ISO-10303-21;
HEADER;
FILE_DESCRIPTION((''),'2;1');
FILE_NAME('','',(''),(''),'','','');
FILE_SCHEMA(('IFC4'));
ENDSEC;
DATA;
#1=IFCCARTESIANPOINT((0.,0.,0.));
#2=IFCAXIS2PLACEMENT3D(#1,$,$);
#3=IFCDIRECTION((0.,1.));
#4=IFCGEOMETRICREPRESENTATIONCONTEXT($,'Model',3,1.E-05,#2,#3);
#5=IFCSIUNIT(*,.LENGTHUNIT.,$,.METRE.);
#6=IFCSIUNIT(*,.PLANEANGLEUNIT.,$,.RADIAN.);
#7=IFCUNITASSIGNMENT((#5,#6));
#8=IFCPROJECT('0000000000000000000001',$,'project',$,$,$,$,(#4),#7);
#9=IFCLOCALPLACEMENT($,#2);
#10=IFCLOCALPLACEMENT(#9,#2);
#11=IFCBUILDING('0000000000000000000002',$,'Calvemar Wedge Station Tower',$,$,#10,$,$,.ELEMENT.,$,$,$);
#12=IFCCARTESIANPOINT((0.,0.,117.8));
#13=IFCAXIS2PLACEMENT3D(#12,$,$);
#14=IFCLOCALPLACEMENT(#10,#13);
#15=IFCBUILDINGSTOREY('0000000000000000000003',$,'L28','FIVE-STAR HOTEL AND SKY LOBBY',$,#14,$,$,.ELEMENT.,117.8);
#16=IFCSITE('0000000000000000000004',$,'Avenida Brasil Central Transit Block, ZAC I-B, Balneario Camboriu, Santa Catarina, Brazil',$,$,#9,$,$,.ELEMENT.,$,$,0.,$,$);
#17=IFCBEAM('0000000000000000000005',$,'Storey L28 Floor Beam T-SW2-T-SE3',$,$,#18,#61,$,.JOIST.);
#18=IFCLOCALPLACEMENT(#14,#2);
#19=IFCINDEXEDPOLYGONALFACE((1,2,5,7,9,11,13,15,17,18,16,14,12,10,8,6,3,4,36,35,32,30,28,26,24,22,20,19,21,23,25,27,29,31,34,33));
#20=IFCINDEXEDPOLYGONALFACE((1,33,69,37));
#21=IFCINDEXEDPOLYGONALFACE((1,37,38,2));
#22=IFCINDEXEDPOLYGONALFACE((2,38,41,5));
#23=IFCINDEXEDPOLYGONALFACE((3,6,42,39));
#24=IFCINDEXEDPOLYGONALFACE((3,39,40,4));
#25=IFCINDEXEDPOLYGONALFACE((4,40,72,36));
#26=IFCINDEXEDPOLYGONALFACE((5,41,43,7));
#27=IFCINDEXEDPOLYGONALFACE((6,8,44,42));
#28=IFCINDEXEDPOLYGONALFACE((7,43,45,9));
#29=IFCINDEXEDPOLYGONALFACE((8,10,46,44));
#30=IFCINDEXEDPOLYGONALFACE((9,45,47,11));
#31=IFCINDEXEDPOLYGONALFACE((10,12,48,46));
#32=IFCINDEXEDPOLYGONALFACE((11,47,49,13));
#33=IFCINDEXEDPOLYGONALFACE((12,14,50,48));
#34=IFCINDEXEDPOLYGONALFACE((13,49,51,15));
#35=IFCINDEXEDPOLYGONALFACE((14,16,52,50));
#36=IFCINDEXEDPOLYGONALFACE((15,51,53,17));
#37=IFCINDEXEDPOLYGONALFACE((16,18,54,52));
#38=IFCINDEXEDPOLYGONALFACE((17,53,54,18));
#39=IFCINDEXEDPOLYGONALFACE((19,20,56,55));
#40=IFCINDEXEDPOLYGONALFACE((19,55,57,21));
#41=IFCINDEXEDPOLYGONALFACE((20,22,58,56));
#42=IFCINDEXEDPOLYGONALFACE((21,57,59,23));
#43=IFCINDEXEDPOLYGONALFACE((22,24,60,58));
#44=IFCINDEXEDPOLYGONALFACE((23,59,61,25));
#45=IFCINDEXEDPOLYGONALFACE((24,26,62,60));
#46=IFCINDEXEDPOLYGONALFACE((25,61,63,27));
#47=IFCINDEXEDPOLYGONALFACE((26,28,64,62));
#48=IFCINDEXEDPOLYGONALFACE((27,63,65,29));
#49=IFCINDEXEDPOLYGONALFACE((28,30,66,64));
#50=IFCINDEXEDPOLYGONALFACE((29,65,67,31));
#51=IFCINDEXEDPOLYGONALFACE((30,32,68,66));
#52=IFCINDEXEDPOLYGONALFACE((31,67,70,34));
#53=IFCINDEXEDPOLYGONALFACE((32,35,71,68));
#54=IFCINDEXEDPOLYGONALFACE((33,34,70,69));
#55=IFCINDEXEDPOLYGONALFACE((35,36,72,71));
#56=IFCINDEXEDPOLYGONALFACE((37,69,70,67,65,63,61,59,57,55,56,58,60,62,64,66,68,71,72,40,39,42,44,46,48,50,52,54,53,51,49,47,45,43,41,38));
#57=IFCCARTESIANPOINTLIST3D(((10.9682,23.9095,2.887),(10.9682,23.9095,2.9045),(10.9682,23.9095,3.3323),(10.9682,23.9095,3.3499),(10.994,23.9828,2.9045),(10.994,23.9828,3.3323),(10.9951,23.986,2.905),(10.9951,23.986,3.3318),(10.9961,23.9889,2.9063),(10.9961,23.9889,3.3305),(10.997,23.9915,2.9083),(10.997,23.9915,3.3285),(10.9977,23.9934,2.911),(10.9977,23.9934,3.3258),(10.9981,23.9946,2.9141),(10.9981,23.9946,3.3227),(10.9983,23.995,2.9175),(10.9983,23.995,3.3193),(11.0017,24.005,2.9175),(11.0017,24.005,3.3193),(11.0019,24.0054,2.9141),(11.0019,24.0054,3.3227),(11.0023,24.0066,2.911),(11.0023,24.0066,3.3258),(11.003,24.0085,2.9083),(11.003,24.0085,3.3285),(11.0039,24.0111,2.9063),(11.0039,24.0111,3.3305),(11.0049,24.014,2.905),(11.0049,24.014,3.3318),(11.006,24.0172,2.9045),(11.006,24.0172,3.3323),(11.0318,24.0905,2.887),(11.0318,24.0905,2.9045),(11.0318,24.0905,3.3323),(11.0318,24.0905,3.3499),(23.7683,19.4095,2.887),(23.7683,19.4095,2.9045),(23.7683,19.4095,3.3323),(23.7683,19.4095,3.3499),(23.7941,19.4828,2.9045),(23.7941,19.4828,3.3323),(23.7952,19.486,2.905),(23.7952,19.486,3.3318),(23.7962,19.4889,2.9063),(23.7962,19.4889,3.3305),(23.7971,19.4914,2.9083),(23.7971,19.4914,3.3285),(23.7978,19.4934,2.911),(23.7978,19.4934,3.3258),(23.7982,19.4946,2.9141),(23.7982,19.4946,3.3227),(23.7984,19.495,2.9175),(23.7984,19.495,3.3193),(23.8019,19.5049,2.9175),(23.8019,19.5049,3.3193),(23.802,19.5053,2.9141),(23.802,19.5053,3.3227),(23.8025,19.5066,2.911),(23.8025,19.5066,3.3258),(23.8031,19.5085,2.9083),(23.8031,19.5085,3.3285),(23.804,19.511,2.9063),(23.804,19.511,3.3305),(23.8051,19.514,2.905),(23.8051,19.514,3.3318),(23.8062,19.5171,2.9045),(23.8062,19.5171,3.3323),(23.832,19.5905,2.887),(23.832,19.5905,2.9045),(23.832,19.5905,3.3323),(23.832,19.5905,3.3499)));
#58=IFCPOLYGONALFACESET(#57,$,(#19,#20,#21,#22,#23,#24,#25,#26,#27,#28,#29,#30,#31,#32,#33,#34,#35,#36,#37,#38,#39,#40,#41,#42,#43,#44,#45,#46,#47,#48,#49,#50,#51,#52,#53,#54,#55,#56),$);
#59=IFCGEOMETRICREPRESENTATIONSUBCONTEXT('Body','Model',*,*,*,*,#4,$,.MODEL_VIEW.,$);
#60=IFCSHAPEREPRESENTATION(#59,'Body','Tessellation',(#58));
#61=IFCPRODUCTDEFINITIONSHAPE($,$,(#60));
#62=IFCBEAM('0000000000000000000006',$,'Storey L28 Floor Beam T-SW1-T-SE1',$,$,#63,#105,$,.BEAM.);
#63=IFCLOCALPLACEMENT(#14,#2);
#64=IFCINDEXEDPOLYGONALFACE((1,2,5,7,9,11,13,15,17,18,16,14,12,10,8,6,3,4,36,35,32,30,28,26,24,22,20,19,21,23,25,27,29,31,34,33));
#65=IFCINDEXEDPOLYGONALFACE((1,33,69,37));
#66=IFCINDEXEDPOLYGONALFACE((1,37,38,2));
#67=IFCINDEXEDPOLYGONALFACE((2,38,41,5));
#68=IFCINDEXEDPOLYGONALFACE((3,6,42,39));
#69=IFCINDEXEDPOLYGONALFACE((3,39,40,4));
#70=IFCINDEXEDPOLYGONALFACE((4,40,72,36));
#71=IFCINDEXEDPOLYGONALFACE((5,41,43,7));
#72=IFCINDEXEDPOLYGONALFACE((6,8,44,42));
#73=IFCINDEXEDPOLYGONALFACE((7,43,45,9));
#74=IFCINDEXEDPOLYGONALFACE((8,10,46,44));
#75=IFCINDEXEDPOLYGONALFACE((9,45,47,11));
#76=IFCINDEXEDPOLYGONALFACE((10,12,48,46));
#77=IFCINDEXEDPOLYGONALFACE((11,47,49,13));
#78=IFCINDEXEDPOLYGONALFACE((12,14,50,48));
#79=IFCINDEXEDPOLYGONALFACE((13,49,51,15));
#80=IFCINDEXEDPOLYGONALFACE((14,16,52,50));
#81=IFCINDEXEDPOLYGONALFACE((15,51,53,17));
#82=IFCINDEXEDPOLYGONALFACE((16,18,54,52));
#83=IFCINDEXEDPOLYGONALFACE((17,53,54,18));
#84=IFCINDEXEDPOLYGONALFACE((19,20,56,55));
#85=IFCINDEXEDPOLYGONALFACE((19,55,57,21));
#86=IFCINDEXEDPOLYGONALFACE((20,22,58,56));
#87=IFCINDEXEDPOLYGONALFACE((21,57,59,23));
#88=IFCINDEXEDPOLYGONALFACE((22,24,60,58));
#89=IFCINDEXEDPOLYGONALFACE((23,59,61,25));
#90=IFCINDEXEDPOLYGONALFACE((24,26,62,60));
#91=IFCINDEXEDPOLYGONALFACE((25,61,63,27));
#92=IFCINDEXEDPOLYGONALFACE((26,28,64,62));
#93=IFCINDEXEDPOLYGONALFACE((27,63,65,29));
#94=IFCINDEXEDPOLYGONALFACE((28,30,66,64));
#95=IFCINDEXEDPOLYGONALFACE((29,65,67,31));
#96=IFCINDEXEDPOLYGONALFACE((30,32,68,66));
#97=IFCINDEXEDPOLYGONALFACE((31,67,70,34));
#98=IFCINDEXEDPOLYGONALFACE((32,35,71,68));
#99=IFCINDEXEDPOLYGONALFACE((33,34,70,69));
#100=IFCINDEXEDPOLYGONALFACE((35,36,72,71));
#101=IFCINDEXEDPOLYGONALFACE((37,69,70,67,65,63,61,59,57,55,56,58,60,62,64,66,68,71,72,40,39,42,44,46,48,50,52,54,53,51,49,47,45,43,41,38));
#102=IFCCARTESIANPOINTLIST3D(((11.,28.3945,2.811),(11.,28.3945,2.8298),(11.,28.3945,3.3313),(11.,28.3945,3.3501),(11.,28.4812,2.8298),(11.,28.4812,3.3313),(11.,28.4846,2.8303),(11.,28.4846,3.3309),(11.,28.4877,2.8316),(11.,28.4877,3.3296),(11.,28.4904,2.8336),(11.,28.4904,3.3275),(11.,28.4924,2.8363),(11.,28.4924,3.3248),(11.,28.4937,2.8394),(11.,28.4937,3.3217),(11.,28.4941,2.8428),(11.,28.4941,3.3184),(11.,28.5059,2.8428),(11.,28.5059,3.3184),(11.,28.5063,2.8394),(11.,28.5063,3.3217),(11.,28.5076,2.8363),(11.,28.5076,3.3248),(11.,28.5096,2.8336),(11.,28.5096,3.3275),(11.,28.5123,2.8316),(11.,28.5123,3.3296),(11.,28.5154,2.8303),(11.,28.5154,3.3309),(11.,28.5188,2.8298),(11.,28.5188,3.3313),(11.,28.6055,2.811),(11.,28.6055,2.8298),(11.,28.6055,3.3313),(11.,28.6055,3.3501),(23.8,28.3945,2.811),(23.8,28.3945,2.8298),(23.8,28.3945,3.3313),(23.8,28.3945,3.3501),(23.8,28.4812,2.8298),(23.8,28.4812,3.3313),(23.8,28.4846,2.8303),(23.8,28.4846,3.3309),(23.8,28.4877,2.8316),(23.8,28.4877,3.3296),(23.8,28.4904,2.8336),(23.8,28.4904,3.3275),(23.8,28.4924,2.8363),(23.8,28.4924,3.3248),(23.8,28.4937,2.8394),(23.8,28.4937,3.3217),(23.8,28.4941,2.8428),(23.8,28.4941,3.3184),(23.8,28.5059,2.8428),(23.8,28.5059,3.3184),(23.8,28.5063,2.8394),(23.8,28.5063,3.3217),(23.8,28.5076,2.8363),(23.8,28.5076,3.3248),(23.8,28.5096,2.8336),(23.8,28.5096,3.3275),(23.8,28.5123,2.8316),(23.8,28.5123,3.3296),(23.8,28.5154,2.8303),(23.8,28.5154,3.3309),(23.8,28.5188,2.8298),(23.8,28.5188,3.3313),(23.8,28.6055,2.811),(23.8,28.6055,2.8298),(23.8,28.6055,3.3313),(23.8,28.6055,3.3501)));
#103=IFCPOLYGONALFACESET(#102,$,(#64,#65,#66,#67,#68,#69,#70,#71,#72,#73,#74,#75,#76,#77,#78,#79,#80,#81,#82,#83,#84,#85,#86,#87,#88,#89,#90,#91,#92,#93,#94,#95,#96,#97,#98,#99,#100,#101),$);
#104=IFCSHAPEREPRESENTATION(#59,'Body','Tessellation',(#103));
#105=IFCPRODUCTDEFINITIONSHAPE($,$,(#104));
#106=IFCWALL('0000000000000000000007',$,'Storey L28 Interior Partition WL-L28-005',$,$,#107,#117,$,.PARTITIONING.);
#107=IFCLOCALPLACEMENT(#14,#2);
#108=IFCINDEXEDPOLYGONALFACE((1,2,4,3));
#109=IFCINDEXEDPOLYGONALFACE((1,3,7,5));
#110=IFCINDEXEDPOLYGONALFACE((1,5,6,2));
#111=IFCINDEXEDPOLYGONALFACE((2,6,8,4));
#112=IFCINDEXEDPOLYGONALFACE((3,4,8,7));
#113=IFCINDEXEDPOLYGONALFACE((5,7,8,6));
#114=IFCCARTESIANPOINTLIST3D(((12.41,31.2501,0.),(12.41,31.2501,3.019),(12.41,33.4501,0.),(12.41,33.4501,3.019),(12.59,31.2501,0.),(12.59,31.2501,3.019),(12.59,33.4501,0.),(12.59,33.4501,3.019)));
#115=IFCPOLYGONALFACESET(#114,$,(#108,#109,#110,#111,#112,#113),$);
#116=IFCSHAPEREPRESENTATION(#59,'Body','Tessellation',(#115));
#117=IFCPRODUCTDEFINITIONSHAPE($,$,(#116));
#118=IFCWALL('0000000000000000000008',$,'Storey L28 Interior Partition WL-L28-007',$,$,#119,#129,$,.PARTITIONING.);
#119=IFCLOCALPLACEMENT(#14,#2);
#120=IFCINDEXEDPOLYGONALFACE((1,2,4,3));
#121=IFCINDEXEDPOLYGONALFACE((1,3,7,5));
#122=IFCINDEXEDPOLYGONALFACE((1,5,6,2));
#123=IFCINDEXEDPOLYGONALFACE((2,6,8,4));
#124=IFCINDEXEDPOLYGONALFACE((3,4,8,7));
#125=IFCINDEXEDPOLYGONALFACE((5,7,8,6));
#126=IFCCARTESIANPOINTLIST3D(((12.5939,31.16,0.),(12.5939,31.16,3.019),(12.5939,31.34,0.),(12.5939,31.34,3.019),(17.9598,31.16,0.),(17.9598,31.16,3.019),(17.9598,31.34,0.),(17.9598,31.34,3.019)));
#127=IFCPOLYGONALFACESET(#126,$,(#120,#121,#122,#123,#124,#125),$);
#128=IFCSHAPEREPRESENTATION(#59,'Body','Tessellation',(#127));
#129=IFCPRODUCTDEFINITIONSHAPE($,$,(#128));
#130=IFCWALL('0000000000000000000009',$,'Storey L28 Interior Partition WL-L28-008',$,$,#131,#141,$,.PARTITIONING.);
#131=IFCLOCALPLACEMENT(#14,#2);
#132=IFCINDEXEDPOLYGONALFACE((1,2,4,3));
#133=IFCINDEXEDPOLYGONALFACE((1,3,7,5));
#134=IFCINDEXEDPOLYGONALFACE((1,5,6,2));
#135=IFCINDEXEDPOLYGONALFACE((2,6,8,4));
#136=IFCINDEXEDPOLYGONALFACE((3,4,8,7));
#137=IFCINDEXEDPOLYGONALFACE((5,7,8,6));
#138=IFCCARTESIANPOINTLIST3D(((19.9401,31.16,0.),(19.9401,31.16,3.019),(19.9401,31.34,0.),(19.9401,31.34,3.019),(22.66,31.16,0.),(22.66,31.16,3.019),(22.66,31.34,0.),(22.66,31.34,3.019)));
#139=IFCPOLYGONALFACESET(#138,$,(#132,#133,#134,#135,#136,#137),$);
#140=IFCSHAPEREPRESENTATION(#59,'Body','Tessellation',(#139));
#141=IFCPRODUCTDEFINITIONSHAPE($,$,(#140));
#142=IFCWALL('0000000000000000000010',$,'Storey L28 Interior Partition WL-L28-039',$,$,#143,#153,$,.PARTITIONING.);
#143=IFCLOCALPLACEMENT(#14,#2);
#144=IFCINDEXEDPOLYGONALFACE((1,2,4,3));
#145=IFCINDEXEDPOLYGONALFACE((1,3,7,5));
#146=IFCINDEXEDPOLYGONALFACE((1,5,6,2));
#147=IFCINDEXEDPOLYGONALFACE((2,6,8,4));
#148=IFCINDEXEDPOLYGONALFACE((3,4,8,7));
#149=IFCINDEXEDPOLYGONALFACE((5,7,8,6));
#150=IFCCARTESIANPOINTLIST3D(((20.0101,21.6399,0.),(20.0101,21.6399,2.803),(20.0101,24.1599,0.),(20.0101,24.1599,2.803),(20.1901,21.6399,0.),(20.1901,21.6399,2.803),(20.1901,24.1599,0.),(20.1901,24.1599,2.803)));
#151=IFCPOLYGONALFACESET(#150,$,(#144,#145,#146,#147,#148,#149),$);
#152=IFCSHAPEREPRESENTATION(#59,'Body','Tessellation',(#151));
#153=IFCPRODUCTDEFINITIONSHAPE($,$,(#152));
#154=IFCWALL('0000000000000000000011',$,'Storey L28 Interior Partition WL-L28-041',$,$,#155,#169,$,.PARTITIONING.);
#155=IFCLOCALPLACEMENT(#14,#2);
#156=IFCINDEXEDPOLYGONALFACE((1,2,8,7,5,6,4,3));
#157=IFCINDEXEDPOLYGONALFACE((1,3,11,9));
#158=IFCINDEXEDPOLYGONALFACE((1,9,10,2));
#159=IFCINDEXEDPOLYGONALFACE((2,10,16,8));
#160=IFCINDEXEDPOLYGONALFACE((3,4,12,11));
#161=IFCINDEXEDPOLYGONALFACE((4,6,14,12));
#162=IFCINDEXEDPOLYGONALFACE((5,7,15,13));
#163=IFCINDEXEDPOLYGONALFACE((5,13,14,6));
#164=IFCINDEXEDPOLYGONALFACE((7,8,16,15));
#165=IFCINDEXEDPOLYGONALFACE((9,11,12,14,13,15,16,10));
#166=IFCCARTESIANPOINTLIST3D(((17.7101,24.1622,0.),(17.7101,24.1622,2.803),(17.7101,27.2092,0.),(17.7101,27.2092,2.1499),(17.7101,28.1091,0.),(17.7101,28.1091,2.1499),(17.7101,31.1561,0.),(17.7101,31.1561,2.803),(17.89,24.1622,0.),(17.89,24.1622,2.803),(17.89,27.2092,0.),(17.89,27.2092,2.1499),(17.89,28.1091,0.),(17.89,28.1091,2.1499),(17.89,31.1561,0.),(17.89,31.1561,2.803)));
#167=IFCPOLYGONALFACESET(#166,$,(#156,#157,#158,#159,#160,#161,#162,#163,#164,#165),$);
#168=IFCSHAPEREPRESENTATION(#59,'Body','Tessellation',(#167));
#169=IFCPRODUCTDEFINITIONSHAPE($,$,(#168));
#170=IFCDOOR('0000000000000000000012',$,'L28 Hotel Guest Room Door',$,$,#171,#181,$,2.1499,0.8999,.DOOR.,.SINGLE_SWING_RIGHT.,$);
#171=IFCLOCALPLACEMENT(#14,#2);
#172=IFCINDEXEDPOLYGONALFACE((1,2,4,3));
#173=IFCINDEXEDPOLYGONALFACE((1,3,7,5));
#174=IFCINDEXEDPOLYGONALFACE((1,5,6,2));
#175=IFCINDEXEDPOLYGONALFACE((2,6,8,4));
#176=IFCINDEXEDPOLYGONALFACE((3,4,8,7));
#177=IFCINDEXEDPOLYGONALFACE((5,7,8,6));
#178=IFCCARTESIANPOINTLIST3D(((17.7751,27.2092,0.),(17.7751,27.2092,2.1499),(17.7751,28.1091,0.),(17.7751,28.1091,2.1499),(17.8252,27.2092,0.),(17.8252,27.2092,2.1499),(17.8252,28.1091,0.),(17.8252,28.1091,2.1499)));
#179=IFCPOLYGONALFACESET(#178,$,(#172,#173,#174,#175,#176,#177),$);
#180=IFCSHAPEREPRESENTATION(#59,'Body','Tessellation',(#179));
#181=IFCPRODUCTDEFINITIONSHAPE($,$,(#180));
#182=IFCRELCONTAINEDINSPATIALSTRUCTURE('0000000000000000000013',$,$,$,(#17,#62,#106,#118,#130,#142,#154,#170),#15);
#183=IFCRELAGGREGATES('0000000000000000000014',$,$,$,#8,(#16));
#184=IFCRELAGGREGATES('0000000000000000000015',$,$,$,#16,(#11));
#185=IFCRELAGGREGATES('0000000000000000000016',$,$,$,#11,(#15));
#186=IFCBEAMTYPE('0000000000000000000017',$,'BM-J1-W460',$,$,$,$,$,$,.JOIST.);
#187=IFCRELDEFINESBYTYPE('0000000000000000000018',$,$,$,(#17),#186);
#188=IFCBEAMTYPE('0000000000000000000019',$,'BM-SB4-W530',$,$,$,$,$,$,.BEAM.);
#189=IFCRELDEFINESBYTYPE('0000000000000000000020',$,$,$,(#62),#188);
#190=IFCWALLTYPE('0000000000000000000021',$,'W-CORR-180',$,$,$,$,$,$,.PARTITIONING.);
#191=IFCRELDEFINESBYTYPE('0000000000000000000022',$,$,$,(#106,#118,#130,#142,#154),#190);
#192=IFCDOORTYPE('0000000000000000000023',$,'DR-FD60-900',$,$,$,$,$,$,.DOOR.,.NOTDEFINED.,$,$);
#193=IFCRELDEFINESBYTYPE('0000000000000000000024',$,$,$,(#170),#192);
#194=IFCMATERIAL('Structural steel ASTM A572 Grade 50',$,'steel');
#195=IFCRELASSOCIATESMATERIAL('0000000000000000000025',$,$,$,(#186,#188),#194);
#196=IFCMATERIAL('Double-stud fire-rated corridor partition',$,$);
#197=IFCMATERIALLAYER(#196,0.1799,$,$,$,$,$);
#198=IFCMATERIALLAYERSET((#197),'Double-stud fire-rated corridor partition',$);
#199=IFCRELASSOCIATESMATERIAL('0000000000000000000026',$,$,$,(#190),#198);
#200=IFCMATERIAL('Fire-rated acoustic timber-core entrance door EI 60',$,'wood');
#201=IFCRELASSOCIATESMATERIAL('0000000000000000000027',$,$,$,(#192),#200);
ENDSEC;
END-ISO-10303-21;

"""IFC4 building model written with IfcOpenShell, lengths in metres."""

from ifc_helpers import new_model, si_unit, direction, frame, frame_2d, origin, origin_2d, place, context, subcontext, project, spatial, rectangle, i_section, extrude, source, transform, mapped, material, layer, layer_set, material_profile, profile_set, type_object, element, fill, save


model = new_model("IFC4")

# Units and contexts
model_context = context("Model", 3, precision=1e-05, world=origin(), true_north=direction((0.0, 1.0)))
body_context = subcontext(model_context, "Body", "Model", "MODEL_VIEW")
ifc_project = project(units=[si_unit("LENGTHUNIT", "METRE"), si_unit("PLANEANGLEUNIT", "RADIAN")], contexts=[model_context])

# Site, building, storey
site_placement = place(None, origin())
site = spatial("IfcSite", under=ifc_project, at=site_placement, Name="Avenida Brasil Central Transit Block, ZAC I-B, Balneario Camboriu, Santa Catarina, Brazil", CompositionType="ELEMENT", RefElevation=0.0)
building_placement = place(site_placement, origin())
building = spatial("IfcBuilding", under=site, at=building_placement, Name="Calvemar Wedge Station Tower", CompositionType="ELEMENT")
storey_placement = place(building_placement, frame((0.0, 0.0, 117.8)))
storey = spatial("IfcBuildingStorey", under=building, at=storey_placement, Name="L28", Description="FIVE-STAR HOTEL AND SKY LOBBY", CompositionType="ELEMENT", Elevation=117.8)

# Beams
ifc_material_1 = material(Name="Structural steel ASTM A572 Grade 50", Category="steel")
ifc_material_profile_1 = material_profile(ifc_material_1, i_section(OverallWidth=0.1919, OverallDepth=0.4629, WebThickness=0.0105, FlangeThickness=0.0176, FilletRadius=0.0129, at=origin_2d()), Name="W460x89")
ifc_profile_set_1 = profile_set([ifc_material_profile_1], Name="Structural steel ASTM A572 Grade 50")
beam_type_1 = type_object("IfcBeamType", Name="BM-J1-W460", PredefinedType="JOIST", material=ifc_profile_set_1)
shared_shape_1 = source(origin(), body_context, "Body", "SweptSolid", [
    extrude(i_section(OverallWidth=0.1919, OverallDepth=0.4629, WebThickness=0.0105, FlangeThickness=0.0176, FilletRadius=0.0129, at=origin_2d()), origin(), (0.0, 0.0, 1.0), 13.5681),
])
for number, where, z_axis, x_axis, name in (
    (1, (11.0, 24.0, 3.1184), (0.943398, -0.331662, 0.0), (0.331662, 0.943398, 0.0), "Storey L28 Floor Beam T-SW2-T-SE3"),
):
    element("IfcBeam", number, at=place(storey_placement, frame(where, z_axis=z_axis, x_axis=x_axis)), inside=storey, type_object=beam_type_1, Name=name, PredefinedType="JOIST", context=body_context, shape_type="MappedRepresentation", body=[
        mapped(shared_shape_1, transform((0.0, 0.0, 0.0), scale=1.0)),
    ])
ifc_material_profile_2 = material_profile(ifc_material_1, i_section(OverallWidth=0.2109, OverallDepth=0.5391, WebThickness=0.0117, FlangeThickness=0.0188, FilletRadius=0.0129, at=origin_2d()), Name="W530x109")
ifc_profile_set_2 = profile_set([ifc_material_profile_2], Name="Structural steel ASTM A572 Grade 50")
beam_type_2 = type_object("IfcBeamType", Name="BM-SB4-W530", PredefinedType="BEAM", material=ifc_profile_set_2)
shared_shape_2 = source(origin(), body_context, "Body", "SweptSolid", [
    extrude(i_section(OverallWidth=0.2109, OverallDepth=0.5391, WebThickness=0.0117, FlangeThickness=0.0188, FilletRadius=0.0129, at=origin_2d()), origin(), (0.0, 0.0, 1.0), 12.8),
])
beam_1_placement = place(storey_placement, frame((11.0, 28.5, 3.0806), z_axis=(1.0, 0.0, 0.0), x_axis=(0.0, 1.0, 0.0)))
element("IfcBeam", 2, at=beam_1_placement, inside=storey, type_object=beam_type_2, Name="Storey L28 Floor Beam T-SW1-T-SE1", PredefinedType="BEAM", context=body_context, shape_type="MappedRepresentation", body=[
    mapped(shared_shape_2, transform((0.0, 0.0, 0.0), scale=1.0)),
])

# Walls
ifc_material_2 = material(Name="Double-stud fire-rated corridor partition")
ifc_layer_1 = layer(ifc_material_2, 0.1799)
ifc_layer_set_1 = layer_set([ifc_layer_1], Name="Double-stud fire-rated corridor partition")
wall_type_1 = type_object("IfcWallType", Name="W-CORR-180", PredefinedType="PARTITIONING", material=ifc_layer_set_1)
wall_1_placement = place(storey_placement, frame((12.5, 31.25, 0.0), z_axis=(0.0, 0.0, 1.0), x_axis=(0.0, 1.0, 0.0)))
element("IfcWall", 3, at=wall_1_placement, inside=storey, type_object=wall_type_1, Name="Storey L28 Interior Partition WL-L28-005", PredefinedType="PARTITIONING", context=body_context, shape_type="SweptSolid", body=[
    extrude(rectangle(XDim=2.2, YDim=0.1799, at=frame_2d((1.1001, 0.0))), origin(), (0.0, 0.0, 1.0), 3.019),
])
wall_2_placement = place(storey_placement, frame((17.96, 31.25, 0.0), z_axis=(0.0, 0.0, 1.0), x_axis=(-1.0, 0.0, 0.0)))
element("IfcWall", 4, at=wall_2_placement, inside=storey, type_object=wall_type_1, Name="Storey L28 Interior Partition WL-L28-007", PredefinedType="PARTITIONING", context=body_context, shape_type="SweptSolid", body=[
    extrude(rectangle(XDim=5.366, YDim=0.1799, at=frame_2d((2.6831, 0.0))), origin(), (0.0, 0.0, 1.0), 3.019),
])
wall_3_placement = place(storey_placement, frame((22.6599, 31.25, 0.0), z_axis=(0.0, 0.0, 1.0), x_axis=(-1.0, 0.0, 0.0)))
element("IfcWall", 5, at=wall_3_placement, inside=storey, type_object=wall_type_1, Name="Storey L28 Interior Partition WL-L28-008", PredefinedType="PARTITIONING", context=body_context, shape_type="SweptSolid", body=[
    extrude(rectangle(XDim=2.72, YDim=0.1799, at=frame_2d((1.3599, 0.0))), origin(), (0.0, 0.0, 1.0), 3.019),
])
wall_4_placement = place(storey_placement, frame((20.1001, 24.1599, 0.0), z_axis=(0.0, 0.0, 1.0), x_axis=(0.0, -1.0, 0.0)))
element("IfcWall", 6, at=wall_4_placement, inside=storey, type_object=wall_type_1, Name="Storey L28 Interior Partition WL-L28-039", PredefinedType="PARTITIONING", context=body_context, shape_type="SweptSolid", body=[
    extrude(rectangle(XDim=2.52, YDim=0.1799, at=frame_2d((1.26, 0.0))), origin(), (0.0, 0.0, 1.0), 2.803),
])

# Wall, opening, door
wall_5_placement = place(storey_placement, frame((17.8, 24.1621, 0.0), z_axis=(0.0, 0.0, 1.0), x_axis=(0.0, 1.0, 0.0)))
wall_5 = element("IfcWall", 7, at=wall_5_placement, inside=storey, type_object=wall_type_1, Name="Storey L28 Interior Partition WL-L28-041", PredefinedType="PARTITIONING", context=body_context, shape_type="SweptSolid", body=[
    extrude(rectangle(XDim=6.9939, YDim=0.1799, at=frame_2d((3.4971, 0.0))), origin(), (0.0, 0.0, 1.0), 2.803),
])
shared_shape_3 = source(origin(), body_context, "Body", "SweptSolid", [
    extrude(rectangle(XDim=0.8999, YDim=2.1499, at=frame_2d((0.45, 1.075))), frame((0.0, 0.1001, 0.0), z_axis=(0.0, -1.0, 0.0), x_axis=(1.0, 0.0, 0.0)), (0.0, 0.0, 1.0), 0.2),
])
opening_1_placement = place(wall_5_placement, frame((3.0471, 0.0, 0.0)))
opening_1 = element("IfcOpeningElement", 8, at=opening_1_placement, cuts=wall_5, PredefinedType="OPENING", context=body_context, shape_type="MappedRepresentation", body=[
    mapped(shared_shape_3, transform((0.0, 0.0, 0.0), scale=1.0)),
])
ifc_material_3 = material(Name="Fire-rated acoustic timber-core entrance door EI 60", Category="wood")
door_type_1 = type_object("IfcDoorType", Name="DR-FD60-900", OperationType="NOTDEFINED", PredefinedType="DOOR", material=ifc_material_3)
shared_shape_4 = source(origin(), body_context, "Body", "SweptSolid", [
    extrude(rectangle(XDim=0.8999, YDim=2.1499, at=frame_2d((0.45, 1.075))), frame((0.0, 0.0249, 0.0), z_axis=(0.0, -1.0, 0.0), x_axis=(1.0, 0.0, 0.0)), (0.0, 0.0, 1.0), 0.05),
])
door_1_placement = place(opening_1_placement, origin())
door_1 = element("IfcDoor", 9, at=door_1_placement, inside=storey, type_object=door_type_1, Name="L28 Hotel Guest Room Door", OperationType="SINGLE_SWING_RIGHT", OverallHeight=2.1499, OverallWidth=0.8999, PredefinedType="DOOR", context=body_context, shape_type="MappedRepresentation", body=[
    mapped(shared_shape_4, transform((0.0, 0.0, 0.0), scale=1.0)),
])
fill(opening_1, door_1)

save(model, "model.ifc")
